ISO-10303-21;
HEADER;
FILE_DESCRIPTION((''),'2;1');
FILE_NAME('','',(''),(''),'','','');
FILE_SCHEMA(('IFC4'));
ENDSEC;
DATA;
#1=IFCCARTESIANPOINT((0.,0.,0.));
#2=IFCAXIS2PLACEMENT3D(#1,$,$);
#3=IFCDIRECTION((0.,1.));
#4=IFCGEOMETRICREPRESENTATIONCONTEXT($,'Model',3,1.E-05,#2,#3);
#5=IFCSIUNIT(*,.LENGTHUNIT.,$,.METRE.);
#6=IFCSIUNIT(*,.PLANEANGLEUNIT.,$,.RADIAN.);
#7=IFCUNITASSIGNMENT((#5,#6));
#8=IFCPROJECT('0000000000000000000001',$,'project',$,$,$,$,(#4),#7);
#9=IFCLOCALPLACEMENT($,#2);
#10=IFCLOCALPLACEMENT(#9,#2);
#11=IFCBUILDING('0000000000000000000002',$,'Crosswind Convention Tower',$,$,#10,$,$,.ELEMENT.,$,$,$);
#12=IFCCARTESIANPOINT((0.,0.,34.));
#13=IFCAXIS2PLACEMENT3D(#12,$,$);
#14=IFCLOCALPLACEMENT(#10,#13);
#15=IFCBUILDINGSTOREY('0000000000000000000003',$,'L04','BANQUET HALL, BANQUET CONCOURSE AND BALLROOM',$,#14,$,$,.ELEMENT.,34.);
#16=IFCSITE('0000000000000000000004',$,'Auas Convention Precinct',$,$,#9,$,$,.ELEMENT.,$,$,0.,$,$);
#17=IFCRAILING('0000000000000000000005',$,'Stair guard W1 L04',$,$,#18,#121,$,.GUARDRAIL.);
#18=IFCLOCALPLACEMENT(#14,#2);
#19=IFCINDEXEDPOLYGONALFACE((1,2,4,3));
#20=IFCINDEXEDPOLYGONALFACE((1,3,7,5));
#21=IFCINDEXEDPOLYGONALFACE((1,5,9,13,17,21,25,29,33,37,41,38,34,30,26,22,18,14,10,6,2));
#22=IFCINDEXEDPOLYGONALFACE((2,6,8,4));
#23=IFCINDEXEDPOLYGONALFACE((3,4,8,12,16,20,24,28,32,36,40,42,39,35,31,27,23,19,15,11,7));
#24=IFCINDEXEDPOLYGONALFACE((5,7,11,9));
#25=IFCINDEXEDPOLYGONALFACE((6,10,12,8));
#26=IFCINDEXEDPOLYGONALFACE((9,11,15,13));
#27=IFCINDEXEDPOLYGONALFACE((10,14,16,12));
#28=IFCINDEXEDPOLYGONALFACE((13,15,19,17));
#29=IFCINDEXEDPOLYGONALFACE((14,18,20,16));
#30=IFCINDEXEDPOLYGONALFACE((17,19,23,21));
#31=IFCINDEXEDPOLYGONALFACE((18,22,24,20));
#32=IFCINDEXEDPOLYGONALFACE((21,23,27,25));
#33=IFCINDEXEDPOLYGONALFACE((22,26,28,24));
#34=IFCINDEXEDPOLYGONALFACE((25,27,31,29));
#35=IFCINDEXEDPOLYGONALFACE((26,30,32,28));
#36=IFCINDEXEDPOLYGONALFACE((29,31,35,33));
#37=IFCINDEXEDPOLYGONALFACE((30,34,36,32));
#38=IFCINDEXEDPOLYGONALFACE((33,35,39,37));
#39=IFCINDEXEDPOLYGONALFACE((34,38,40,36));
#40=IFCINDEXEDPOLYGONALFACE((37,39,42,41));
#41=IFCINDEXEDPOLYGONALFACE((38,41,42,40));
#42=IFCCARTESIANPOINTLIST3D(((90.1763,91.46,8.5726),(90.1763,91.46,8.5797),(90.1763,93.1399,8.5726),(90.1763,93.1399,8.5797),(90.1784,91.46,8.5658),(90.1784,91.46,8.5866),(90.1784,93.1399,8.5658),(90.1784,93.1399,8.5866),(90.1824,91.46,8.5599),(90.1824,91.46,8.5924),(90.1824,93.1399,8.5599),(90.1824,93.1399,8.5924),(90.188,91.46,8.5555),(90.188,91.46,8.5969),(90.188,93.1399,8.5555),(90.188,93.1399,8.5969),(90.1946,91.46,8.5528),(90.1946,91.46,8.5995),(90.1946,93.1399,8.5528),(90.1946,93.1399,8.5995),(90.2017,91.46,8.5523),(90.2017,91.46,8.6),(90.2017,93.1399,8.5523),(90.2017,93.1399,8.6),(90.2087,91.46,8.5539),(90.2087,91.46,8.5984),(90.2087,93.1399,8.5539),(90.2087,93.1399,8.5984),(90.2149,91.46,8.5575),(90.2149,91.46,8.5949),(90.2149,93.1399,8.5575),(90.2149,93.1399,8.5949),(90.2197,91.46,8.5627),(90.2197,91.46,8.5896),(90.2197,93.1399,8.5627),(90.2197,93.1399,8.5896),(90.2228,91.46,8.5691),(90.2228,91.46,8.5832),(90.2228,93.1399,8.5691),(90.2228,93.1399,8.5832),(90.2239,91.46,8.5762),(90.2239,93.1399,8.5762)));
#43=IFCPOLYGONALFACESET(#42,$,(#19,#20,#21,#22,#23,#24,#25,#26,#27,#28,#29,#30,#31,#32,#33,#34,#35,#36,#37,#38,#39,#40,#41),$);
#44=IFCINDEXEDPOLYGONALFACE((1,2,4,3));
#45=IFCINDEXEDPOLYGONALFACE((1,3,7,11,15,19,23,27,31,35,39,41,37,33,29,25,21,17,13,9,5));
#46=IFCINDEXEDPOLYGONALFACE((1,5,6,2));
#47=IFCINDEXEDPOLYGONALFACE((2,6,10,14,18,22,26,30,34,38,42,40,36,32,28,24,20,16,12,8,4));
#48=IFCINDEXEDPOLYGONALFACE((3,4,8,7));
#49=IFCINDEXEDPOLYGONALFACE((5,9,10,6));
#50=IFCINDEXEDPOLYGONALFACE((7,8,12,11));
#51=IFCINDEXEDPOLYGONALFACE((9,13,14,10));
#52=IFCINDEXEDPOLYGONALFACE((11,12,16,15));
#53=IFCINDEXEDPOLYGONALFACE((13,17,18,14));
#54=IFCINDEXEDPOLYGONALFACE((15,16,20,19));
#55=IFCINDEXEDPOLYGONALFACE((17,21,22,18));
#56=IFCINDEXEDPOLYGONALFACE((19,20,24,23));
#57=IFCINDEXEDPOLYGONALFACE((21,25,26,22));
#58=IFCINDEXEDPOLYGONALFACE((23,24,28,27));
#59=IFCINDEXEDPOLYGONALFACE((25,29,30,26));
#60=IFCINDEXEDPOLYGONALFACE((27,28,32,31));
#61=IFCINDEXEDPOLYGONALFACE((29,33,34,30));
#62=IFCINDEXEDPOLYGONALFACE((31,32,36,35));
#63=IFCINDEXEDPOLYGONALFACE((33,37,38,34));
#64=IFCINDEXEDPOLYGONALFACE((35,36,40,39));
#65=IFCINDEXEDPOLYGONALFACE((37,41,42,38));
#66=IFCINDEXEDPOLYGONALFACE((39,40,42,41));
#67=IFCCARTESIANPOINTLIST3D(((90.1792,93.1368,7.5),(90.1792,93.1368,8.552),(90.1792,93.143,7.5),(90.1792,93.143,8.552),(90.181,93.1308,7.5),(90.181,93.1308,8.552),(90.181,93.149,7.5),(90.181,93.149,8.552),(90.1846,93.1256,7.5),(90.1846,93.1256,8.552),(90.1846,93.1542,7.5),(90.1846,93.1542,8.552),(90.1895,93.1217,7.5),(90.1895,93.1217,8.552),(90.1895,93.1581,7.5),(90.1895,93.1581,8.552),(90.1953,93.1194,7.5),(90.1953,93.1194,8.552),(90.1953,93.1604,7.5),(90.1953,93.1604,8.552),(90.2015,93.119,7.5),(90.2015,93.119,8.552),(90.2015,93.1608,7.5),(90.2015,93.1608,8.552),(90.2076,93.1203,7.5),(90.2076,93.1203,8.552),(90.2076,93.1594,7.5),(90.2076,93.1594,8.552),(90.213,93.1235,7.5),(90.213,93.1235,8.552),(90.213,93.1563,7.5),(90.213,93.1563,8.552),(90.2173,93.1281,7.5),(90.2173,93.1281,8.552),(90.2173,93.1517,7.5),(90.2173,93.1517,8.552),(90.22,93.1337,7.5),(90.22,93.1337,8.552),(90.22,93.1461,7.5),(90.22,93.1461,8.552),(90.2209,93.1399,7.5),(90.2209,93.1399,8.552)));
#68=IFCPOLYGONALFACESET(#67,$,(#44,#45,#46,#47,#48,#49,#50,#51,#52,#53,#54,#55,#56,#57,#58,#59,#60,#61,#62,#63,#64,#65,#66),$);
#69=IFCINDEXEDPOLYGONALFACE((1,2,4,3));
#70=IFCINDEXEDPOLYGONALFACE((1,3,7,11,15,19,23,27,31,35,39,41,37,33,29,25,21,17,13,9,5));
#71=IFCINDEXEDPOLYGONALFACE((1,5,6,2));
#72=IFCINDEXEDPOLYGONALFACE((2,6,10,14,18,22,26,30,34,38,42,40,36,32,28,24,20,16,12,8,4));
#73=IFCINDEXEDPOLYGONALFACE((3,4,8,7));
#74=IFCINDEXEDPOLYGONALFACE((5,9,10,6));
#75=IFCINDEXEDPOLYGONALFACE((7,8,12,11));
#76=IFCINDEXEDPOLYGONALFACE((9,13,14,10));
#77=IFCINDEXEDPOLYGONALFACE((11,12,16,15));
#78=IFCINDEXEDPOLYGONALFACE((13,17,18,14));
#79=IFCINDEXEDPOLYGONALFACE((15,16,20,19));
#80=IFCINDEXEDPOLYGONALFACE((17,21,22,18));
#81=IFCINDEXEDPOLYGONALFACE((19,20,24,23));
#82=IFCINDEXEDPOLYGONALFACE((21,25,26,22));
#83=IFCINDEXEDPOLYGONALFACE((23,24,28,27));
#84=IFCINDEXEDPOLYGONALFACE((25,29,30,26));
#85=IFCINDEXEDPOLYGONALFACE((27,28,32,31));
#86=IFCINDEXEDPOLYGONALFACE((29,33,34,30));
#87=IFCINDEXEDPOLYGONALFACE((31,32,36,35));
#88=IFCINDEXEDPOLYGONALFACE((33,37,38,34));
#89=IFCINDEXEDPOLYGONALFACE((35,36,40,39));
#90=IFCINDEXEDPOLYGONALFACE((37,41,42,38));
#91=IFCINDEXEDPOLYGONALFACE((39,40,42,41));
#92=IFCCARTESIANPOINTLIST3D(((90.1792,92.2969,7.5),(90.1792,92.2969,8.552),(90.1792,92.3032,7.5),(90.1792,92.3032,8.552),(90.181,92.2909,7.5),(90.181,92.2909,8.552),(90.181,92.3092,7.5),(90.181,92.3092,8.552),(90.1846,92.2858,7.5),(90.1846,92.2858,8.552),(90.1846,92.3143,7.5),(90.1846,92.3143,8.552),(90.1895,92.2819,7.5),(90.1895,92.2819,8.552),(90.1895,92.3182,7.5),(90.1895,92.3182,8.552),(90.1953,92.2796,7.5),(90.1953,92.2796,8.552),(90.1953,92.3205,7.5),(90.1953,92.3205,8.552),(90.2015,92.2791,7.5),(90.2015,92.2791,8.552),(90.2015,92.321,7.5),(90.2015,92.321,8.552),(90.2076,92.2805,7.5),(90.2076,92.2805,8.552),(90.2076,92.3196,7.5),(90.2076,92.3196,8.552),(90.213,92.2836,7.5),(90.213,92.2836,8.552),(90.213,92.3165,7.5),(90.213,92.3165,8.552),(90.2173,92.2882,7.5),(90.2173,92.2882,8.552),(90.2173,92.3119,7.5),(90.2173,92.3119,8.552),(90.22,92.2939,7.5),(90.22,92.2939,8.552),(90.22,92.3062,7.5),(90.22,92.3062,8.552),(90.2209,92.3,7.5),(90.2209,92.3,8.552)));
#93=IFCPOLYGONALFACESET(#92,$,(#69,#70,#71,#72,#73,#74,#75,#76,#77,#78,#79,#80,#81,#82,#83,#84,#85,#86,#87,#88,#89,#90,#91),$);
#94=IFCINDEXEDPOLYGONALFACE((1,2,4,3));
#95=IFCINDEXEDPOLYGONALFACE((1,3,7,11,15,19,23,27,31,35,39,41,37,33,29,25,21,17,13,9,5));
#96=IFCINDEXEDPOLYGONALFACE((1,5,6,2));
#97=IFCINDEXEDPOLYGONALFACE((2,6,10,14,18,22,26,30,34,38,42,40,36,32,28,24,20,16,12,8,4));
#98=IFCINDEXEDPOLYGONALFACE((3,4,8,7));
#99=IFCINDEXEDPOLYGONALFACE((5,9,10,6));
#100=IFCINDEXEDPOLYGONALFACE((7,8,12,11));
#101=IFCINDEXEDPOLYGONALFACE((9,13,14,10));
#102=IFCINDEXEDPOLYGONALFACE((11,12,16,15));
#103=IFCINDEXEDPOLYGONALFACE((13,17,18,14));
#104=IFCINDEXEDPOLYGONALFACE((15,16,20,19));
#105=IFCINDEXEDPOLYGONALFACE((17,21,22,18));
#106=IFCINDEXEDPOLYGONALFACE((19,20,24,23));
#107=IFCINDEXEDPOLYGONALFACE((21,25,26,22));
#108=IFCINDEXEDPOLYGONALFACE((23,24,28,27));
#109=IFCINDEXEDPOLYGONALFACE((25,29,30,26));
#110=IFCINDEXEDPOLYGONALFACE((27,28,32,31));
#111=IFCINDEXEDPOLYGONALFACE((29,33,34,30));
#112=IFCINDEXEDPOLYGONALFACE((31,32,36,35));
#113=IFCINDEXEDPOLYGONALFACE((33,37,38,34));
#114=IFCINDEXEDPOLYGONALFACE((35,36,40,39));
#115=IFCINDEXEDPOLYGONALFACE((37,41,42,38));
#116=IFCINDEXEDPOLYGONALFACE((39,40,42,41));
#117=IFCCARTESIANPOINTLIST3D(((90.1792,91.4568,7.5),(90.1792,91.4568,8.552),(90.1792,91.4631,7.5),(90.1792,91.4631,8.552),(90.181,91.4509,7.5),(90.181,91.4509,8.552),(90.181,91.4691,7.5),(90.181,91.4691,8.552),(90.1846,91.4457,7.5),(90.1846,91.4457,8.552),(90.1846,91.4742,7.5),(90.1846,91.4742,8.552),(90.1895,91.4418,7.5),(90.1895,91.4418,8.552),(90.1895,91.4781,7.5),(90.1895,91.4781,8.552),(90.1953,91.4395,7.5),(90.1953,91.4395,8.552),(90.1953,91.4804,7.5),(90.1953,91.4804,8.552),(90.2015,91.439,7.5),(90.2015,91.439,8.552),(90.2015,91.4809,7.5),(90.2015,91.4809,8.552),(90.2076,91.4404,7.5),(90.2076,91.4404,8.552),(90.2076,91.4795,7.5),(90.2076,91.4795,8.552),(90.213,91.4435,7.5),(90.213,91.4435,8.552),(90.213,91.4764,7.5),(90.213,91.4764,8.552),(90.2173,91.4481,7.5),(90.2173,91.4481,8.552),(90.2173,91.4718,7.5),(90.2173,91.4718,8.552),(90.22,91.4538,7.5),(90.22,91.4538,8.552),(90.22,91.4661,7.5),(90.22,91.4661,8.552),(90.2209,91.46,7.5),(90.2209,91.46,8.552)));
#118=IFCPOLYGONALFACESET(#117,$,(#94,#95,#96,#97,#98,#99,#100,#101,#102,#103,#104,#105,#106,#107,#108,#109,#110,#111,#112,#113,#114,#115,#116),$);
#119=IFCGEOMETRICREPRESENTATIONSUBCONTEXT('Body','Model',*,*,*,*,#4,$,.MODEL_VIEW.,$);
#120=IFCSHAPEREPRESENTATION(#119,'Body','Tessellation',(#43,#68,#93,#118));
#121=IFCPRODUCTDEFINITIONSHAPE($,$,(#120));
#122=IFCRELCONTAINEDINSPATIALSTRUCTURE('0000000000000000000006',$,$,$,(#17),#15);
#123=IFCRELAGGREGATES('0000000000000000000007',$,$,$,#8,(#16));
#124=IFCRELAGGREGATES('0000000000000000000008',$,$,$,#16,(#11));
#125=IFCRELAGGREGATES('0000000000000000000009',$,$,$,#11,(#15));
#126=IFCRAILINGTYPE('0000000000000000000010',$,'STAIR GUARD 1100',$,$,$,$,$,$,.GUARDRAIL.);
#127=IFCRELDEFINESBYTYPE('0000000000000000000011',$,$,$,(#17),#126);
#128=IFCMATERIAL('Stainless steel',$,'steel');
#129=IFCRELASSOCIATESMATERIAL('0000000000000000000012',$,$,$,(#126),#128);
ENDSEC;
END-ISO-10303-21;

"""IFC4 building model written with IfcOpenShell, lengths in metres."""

from ifc_helpers import new_model, si_unit, direction, frame, origin, origin_2d, place, context, subcontext, project, spatial, circle, extrude, material, type_object, element, save


model = new_model("IFC4")

# Units and contexts
model_context = context("Model", 3, precision=1e-05, world=origin(), true_north=direction((0.0, 1.0)))
body_context = subcontext(model_context, "Body", "Model", "MODEL_VIEW")
ifc_project = project(units=[si_unit("LENGTHUNIT", "METRE"), si_unit("PLANEANGLEUNIT", "RADIAN")], contexts=[model_context])

# Site, building, storey
site_placement = place(None, origin())
site = spatial("IfcSite", under=ifc_project, at=site_placement, Name="Auas Convention Precinct", CompositionType="ELEMENT", RefElevation=0.0)
building_placement = place(site_placement, origin())
building = spatial("IfcBuilding", under=site, at=building_placement, Name="Crosswind Convention Tower", CompositionType="ELEMENT")
storey_placement = place(building_placement, frame((0.0, 0.0, 34.0)))
storey = spatial("IfcBuildingStorey", under=building, at=storey_placement, Name="L04", Description="BANQUET HALL, BANQUET CONCOURSE AND BALLROOM", CompositionType="ELEMENT", Elevation=34.0)

# Railing
ifc_material_1 = material(Name="Stainless steel", Category="steel")
railing_type_1 = type_object("IfcRailingType", Name="STAIR GUARD 1100", PredefinedType="GUARDRAIL", material=ifc_material_1)
railing_placement = place(storey_placement, frame((90.2, 93.1399, 7.5)))
element("IfcRailing", 1, at=railing_placement, inside=storey, type_object=railing_type_1, Name="Stair guard W1 L04", PredefinedType="GUARDRAIL", context=body_context, shape_type="SweptSolid", body=[
    extrude(circle(Radius=0.0239, at=origin_2d()), frame((0.0, 0.0, 1.0762), z_axis=(0.0, -1.0, 0.0), x_axis=(1.0, 0.0, 0.0)), (0.0, 0.0, 1.0), 1.6799),
    extrude(circle(Radius=0.021, at=origin_2d()), origin(), (0.0, 0.0, 1.0), 1.052),
    extrude(circle(Radius=0.021, at=origin_2d()), frame((0.0, -0.8398, 0.0)), (0.0, 0.0, 1.0), 1.052),
    extrude(circle(Radius=0.021, at=origin_2d()), frame((0.0, -1.6799, 0.0)), (0.0, 0.0, 1.0), 1.052),
])

save(model, "model.ifc")
